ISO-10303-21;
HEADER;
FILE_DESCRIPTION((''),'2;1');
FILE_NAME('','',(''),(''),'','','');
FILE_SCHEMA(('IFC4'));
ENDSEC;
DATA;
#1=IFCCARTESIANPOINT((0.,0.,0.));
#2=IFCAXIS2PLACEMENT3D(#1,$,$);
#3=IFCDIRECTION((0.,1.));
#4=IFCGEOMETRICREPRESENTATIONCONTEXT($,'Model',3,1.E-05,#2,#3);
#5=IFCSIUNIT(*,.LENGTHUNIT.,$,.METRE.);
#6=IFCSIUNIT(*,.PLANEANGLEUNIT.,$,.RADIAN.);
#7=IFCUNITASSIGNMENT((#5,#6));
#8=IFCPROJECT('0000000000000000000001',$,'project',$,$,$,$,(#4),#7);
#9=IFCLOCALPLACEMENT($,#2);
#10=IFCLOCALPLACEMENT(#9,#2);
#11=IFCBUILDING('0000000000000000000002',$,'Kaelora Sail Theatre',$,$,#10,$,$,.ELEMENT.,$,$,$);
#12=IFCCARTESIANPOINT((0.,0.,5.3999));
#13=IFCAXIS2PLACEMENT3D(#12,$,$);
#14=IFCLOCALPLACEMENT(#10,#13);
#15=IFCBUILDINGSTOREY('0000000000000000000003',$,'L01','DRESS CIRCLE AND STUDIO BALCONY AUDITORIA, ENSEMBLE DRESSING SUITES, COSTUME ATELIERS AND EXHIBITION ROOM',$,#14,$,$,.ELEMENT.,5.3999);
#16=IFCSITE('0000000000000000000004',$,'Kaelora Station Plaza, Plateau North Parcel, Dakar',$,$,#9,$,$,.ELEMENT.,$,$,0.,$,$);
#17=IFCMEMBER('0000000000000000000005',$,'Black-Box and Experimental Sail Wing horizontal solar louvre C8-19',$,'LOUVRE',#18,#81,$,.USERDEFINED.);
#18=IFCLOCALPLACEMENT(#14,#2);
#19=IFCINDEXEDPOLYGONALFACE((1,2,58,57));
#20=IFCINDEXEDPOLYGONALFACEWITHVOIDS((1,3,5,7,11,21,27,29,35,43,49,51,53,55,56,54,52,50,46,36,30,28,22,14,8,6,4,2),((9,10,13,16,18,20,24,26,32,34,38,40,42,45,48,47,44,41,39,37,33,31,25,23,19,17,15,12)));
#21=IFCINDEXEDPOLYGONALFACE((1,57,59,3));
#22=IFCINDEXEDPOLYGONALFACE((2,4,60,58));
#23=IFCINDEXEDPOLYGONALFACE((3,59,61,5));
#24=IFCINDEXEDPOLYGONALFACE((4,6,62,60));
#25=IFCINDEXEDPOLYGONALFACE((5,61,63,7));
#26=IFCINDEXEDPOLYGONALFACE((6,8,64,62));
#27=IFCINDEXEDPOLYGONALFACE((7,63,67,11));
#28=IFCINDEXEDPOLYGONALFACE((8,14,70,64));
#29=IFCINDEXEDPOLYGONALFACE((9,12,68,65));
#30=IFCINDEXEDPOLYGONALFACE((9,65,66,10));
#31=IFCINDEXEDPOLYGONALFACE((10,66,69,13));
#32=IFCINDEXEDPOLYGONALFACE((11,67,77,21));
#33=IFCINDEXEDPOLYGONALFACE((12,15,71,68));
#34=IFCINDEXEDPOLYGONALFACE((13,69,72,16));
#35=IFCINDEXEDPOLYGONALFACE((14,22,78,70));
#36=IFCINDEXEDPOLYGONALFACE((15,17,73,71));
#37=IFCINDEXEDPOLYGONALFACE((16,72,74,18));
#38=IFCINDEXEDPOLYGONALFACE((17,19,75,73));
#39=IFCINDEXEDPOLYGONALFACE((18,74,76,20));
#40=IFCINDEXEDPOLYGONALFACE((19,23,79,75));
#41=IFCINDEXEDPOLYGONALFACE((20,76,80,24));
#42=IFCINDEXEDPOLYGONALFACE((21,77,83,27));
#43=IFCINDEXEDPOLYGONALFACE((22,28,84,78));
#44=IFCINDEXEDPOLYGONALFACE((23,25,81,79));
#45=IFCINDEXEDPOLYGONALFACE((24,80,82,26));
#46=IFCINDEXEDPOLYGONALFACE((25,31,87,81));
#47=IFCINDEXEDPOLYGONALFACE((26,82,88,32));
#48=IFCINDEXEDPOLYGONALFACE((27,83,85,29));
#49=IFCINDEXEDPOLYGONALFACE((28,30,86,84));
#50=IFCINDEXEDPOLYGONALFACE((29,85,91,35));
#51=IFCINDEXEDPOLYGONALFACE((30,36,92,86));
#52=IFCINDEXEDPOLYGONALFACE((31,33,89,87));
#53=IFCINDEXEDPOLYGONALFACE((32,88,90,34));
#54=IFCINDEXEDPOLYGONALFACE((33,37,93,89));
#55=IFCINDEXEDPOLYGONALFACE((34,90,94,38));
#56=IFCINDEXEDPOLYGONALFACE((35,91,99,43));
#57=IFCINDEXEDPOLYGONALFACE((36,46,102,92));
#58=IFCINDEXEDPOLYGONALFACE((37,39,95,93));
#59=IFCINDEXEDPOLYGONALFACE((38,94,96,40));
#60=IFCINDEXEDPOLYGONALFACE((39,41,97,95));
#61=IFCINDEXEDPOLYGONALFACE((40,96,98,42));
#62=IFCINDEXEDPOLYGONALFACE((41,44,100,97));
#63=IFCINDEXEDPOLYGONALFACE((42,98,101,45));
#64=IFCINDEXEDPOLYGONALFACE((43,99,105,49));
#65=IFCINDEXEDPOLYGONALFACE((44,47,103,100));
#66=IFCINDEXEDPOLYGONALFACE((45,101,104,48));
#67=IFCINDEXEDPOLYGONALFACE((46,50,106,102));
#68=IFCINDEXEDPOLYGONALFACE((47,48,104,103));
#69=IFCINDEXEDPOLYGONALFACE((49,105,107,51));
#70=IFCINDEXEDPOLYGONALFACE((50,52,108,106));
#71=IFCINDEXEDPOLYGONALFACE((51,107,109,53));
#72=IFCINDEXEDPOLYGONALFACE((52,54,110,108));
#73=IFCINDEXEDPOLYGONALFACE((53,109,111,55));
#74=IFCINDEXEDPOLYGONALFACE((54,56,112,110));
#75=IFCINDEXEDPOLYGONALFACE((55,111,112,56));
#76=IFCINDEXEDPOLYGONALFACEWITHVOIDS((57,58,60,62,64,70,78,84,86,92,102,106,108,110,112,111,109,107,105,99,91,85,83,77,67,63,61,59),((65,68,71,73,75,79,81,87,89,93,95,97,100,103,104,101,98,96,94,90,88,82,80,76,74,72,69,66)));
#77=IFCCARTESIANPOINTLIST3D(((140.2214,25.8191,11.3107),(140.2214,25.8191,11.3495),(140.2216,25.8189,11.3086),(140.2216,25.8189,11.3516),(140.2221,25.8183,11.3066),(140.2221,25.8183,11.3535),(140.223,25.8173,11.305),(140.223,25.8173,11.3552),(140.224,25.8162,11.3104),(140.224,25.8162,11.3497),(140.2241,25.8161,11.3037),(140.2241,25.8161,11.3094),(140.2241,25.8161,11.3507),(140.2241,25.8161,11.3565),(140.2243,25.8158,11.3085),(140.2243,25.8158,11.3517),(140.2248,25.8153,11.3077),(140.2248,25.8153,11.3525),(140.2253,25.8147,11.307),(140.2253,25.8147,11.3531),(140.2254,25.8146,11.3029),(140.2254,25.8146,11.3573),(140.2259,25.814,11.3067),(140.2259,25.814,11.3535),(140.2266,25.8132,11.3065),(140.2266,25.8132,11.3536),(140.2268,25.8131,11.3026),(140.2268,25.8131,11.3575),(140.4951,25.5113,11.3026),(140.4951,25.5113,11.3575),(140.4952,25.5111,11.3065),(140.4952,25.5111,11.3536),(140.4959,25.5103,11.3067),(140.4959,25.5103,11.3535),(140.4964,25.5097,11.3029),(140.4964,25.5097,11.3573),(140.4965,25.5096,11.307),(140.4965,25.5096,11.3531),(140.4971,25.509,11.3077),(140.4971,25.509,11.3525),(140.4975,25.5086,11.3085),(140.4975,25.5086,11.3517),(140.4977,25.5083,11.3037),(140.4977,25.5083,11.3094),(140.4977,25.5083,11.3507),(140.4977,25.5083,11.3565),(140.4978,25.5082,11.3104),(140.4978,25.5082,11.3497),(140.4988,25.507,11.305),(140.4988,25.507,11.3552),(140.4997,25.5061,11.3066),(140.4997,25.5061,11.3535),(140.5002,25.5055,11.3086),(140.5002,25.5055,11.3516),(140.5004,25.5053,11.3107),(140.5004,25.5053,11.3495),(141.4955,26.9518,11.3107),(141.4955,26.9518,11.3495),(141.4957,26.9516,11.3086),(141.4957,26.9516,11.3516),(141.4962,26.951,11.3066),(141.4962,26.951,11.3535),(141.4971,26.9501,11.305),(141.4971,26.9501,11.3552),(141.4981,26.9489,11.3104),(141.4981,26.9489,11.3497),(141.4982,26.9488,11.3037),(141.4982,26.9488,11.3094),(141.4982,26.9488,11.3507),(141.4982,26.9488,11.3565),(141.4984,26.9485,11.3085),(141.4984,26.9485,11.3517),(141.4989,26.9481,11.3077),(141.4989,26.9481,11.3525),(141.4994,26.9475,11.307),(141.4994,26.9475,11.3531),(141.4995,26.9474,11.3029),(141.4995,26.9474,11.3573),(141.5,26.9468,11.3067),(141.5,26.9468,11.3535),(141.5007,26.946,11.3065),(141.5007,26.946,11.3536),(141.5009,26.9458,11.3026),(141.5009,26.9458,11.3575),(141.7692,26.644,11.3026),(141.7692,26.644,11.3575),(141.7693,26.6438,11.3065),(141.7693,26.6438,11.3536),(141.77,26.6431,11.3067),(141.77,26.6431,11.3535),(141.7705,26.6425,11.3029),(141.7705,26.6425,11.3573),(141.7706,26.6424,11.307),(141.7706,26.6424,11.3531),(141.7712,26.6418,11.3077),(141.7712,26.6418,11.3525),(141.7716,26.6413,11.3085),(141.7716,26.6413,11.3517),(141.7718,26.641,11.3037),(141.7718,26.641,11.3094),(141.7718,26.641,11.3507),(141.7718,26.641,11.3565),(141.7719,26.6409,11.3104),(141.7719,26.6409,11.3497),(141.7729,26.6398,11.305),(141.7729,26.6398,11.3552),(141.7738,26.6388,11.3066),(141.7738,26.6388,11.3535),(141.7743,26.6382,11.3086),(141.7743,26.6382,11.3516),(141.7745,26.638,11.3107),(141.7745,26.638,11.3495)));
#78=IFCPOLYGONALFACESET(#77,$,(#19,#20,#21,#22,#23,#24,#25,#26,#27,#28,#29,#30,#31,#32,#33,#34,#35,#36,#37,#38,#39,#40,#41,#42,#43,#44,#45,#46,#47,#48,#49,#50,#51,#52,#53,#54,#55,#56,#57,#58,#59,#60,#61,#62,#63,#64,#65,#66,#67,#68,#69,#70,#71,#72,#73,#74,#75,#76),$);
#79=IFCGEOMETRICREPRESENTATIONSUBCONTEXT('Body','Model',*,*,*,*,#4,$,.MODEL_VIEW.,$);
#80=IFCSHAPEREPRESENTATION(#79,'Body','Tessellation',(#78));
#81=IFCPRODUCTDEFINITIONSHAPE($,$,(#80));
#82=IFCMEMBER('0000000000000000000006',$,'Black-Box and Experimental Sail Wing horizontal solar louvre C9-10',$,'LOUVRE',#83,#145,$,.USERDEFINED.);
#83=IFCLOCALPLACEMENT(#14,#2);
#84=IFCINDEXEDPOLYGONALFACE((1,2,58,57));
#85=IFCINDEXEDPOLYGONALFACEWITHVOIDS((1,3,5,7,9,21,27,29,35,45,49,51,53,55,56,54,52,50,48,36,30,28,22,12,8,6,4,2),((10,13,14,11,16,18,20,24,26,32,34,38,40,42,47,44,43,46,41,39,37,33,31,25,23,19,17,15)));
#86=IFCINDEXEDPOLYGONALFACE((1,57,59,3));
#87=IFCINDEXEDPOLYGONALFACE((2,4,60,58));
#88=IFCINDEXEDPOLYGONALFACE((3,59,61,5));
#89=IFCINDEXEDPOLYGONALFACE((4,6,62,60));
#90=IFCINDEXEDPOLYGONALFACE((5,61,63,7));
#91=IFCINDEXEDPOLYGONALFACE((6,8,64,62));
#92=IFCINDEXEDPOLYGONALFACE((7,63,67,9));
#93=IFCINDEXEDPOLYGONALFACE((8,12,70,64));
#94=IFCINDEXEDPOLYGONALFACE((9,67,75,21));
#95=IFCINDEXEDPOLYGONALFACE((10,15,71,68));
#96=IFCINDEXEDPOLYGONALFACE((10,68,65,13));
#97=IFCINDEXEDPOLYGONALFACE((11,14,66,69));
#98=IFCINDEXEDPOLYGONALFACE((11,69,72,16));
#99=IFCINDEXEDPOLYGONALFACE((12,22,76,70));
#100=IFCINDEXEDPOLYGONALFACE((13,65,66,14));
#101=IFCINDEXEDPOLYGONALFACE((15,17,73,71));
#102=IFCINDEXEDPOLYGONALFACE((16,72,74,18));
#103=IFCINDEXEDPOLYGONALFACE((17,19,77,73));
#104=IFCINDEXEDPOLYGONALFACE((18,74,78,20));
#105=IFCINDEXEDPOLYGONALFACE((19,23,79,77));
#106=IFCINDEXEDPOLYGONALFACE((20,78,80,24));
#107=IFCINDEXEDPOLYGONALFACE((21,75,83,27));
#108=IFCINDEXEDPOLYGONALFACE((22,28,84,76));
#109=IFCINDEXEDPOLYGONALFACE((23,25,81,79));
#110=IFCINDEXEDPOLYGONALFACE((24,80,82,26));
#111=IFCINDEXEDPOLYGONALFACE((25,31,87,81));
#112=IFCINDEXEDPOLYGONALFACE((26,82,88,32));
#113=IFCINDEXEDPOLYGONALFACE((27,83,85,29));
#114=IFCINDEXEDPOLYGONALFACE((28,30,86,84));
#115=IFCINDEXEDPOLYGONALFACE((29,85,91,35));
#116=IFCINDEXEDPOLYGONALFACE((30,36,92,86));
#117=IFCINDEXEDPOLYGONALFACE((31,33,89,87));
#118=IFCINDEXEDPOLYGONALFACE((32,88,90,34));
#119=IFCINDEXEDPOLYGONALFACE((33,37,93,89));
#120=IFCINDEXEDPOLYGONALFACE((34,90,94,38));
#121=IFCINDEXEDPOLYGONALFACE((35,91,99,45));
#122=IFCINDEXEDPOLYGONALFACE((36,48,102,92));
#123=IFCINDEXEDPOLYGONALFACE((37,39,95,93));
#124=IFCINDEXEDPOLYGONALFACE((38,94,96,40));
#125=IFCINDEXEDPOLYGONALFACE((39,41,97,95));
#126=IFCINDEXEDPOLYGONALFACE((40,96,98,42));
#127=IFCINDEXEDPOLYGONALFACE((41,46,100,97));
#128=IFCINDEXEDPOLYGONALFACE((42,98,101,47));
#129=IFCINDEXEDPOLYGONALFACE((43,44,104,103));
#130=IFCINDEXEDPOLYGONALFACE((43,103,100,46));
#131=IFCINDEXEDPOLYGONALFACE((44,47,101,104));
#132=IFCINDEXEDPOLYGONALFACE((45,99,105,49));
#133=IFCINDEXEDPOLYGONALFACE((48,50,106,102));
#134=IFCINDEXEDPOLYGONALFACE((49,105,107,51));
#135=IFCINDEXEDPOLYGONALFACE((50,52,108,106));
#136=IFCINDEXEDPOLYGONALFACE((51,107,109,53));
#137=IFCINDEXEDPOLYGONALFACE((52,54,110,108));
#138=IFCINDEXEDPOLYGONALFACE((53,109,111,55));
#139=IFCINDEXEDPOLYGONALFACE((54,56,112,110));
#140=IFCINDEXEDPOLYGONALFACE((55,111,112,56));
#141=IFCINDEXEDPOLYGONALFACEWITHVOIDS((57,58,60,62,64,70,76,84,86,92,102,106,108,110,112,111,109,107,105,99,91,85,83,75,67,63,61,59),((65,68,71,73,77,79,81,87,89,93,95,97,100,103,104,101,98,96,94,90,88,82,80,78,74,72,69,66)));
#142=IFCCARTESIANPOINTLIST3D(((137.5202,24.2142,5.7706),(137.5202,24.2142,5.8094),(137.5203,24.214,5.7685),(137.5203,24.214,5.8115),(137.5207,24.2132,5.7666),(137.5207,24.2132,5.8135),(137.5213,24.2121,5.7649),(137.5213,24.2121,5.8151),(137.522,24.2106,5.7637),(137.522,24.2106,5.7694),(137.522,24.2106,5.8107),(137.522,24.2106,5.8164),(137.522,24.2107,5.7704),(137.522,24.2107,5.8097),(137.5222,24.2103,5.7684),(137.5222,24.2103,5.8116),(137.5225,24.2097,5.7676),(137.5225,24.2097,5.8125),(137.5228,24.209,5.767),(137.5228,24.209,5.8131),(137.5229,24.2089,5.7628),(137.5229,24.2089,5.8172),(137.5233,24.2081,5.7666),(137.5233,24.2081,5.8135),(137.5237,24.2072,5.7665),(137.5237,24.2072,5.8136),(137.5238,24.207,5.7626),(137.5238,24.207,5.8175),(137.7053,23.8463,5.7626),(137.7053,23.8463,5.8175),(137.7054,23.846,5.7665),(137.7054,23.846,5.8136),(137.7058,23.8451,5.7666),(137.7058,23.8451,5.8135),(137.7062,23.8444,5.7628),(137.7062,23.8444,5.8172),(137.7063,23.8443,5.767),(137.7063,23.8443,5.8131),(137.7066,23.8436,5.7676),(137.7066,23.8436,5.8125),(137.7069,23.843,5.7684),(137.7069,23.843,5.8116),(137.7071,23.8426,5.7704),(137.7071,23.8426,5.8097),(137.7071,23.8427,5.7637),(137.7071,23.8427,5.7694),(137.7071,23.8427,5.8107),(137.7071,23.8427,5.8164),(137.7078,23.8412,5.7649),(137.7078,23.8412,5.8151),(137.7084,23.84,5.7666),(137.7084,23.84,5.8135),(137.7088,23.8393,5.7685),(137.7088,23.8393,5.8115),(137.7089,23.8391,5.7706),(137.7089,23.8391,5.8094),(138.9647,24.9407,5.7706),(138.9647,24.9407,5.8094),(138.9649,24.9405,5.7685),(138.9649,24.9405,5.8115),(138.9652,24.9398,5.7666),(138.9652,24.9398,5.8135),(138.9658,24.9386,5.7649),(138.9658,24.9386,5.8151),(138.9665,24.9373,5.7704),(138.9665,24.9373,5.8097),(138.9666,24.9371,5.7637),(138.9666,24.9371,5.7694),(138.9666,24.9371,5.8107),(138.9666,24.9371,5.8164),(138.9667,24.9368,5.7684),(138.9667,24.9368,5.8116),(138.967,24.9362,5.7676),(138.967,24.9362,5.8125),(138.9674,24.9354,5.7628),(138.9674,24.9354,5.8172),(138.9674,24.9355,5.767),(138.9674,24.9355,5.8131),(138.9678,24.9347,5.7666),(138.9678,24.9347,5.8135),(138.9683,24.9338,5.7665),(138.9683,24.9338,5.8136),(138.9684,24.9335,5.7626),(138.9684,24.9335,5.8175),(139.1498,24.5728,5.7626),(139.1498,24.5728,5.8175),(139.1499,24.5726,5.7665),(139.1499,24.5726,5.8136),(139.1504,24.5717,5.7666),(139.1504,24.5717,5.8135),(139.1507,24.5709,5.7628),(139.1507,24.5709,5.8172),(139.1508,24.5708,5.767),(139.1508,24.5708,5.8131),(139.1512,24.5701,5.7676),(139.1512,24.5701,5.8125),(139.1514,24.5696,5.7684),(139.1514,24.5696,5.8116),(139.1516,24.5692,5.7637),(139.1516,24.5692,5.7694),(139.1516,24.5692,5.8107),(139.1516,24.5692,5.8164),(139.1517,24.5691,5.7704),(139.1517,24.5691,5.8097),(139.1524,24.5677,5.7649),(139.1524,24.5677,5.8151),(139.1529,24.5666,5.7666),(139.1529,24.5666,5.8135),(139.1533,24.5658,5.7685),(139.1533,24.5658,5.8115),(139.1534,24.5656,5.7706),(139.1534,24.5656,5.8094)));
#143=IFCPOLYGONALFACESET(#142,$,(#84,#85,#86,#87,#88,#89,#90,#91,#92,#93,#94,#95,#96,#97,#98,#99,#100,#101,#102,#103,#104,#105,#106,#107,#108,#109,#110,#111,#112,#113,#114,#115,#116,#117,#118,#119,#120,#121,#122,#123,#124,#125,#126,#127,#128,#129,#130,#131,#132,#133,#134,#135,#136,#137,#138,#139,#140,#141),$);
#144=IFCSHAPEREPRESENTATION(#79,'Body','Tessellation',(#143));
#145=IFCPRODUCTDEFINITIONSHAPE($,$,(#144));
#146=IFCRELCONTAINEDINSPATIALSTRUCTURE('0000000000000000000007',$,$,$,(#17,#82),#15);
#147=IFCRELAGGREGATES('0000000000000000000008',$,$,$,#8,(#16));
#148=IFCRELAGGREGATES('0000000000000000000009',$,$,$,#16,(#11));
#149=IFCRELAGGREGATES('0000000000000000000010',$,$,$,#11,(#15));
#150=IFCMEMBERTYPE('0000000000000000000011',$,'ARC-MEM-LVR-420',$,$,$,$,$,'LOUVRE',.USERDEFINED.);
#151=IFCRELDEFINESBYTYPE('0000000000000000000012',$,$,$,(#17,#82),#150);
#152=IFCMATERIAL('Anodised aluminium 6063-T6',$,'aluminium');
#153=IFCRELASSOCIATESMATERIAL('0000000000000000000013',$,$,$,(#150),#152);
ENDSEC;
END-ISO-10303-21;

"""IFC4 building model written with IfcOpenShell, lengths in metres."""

from ifc_helpers import new_model, si_unit, direction, frame, origin, origin_2d, place, context, subcontext, project, spatial, hollow_rectangle, extrude, material, material_profile, profile_set, type_object, element, save


model = new_model("IFC4")

# Units and contexts
model_context = context("Model", 3, precision=1e-05, world=origin(), true_north=direction((0.0, 1.0)))
body_context = subcontext(model_context, "Body", "Model", "MODEL_VIEW")
ifc_project = project(units=[si_unit("LENGTHUNIT", "METRE"), si_unit("PLANEANGLEUNIT", "RADIAN")], contexts=[model_context])

# Site, building, storey
site_placement = place(None, origin())
site = spatial("IfcSite", under=ifc_project, at=site_placement, Name="Kaelora Station Plaza, Plateau North Parcel, Dakar", CompositionType="ELEMENT", RefElevation=0.0)
building_placement = place(site_placement, origin())
building = spatial("IfcBuilding", under=site, at=building_placement, Name="Kaelora Sail Theatre", CompositionType="ELEMENT")
storey_placement = place(building_placement, frame((0.0, 0.0, 5.3999)))
storey = spatial("IfcBuildingStorey", under=building, at=storey_placement, Name="L01", Description="DRESS CIRCLE AND STUDIO BALCONY AUDITORIA, ENSEMBLE DRESSING SUITES, COSTUME ATELIERS AND EXHIBITION ROOM", CompositionType="ELEMENT", Elevation=5.3999)

# Members
ifc_material_1 = material(Name="Anodised aluminium 6063-T6", Category="aluminium")
ifc_material_profile_1 = material_profile(ifc_material_1, hollow_rectangle(XDim=0.4199, YDim=0.0549, WallThickness=0.0039, InnerFilletRadius=0.0039, OuterFilletRadius=0.0081, at=origin_2d()), Name="LOUVRE 420x55x4")
ifc_profile_set_1 = profile_set([ifc_material_profile_1], Name="Anodised aluminium 6063-T6")
member_type = type_object("IfcMemberType", Name="ARC-MEM-LVR-420", ElementType="LOUVRE", PredefinedType="USERDEFINED", material=ifc_profile_set_1)
for number, where, z_axis, x_axis, name in (
    (1, (141.635, 26.7949, 11.3301), (-0.747346, -0.664435, 0.0), (0.664435, -0.747346, 0.0), "Black-Box and Experimental Sail Wing horizontal solar louvre C8-19"),
):
    element("IfcMember", number, at=place(storey_placement, frame(where, z_axis=z_axis, x_axis=x_axis)), inside=storey, type_object=member_type, Name=name, ObjectType="LOUVRE", PredefinedType="USERDEFINED", context=body_context, shape_type="SweptSolid", body=[
        extrude(hollow_rectangle(XDim=0.4199, YDim=0.0549, WallThickness=0.0039, InnerFilletRadius=0.0039, OuterFilletRadius=0.0081, at=origin_2d()), origin(), (0.0, 0.0, 1.0), 1.7048),
    ])
for number, where, z_axis, x_axis, name in (
    (2, (139.0591, 24.7532, 5.79), (-0.893368, -0.449326, 0.0), (0.449326, -0.893368, 0.0), "Black-Box and Experimental Sail Wing horizontal solar louvre C9-10"),
):
    element("IfcMember", number, at=place(storey_placement, frame(where, z_axis=z_axis, x_axis=x_axis)), inside=storey, type_object=member_type, Name=name, ObjectType="LOUVRE", PredefinedType="USERDEFINED", context=body_context, shape_type="SweptSolid", body=[
        extrude(hollow_rectangle(XDim=0.4199, YDim=0.0549, WallThickness=0.0039, InnerFilletRadius=0.0039, OuterFilletRadius=0.0081, at=origin_2d()), origin(), (0.0, 0.0, 1.0), 1.6169),
    ])

save(model, "model.ifc")
